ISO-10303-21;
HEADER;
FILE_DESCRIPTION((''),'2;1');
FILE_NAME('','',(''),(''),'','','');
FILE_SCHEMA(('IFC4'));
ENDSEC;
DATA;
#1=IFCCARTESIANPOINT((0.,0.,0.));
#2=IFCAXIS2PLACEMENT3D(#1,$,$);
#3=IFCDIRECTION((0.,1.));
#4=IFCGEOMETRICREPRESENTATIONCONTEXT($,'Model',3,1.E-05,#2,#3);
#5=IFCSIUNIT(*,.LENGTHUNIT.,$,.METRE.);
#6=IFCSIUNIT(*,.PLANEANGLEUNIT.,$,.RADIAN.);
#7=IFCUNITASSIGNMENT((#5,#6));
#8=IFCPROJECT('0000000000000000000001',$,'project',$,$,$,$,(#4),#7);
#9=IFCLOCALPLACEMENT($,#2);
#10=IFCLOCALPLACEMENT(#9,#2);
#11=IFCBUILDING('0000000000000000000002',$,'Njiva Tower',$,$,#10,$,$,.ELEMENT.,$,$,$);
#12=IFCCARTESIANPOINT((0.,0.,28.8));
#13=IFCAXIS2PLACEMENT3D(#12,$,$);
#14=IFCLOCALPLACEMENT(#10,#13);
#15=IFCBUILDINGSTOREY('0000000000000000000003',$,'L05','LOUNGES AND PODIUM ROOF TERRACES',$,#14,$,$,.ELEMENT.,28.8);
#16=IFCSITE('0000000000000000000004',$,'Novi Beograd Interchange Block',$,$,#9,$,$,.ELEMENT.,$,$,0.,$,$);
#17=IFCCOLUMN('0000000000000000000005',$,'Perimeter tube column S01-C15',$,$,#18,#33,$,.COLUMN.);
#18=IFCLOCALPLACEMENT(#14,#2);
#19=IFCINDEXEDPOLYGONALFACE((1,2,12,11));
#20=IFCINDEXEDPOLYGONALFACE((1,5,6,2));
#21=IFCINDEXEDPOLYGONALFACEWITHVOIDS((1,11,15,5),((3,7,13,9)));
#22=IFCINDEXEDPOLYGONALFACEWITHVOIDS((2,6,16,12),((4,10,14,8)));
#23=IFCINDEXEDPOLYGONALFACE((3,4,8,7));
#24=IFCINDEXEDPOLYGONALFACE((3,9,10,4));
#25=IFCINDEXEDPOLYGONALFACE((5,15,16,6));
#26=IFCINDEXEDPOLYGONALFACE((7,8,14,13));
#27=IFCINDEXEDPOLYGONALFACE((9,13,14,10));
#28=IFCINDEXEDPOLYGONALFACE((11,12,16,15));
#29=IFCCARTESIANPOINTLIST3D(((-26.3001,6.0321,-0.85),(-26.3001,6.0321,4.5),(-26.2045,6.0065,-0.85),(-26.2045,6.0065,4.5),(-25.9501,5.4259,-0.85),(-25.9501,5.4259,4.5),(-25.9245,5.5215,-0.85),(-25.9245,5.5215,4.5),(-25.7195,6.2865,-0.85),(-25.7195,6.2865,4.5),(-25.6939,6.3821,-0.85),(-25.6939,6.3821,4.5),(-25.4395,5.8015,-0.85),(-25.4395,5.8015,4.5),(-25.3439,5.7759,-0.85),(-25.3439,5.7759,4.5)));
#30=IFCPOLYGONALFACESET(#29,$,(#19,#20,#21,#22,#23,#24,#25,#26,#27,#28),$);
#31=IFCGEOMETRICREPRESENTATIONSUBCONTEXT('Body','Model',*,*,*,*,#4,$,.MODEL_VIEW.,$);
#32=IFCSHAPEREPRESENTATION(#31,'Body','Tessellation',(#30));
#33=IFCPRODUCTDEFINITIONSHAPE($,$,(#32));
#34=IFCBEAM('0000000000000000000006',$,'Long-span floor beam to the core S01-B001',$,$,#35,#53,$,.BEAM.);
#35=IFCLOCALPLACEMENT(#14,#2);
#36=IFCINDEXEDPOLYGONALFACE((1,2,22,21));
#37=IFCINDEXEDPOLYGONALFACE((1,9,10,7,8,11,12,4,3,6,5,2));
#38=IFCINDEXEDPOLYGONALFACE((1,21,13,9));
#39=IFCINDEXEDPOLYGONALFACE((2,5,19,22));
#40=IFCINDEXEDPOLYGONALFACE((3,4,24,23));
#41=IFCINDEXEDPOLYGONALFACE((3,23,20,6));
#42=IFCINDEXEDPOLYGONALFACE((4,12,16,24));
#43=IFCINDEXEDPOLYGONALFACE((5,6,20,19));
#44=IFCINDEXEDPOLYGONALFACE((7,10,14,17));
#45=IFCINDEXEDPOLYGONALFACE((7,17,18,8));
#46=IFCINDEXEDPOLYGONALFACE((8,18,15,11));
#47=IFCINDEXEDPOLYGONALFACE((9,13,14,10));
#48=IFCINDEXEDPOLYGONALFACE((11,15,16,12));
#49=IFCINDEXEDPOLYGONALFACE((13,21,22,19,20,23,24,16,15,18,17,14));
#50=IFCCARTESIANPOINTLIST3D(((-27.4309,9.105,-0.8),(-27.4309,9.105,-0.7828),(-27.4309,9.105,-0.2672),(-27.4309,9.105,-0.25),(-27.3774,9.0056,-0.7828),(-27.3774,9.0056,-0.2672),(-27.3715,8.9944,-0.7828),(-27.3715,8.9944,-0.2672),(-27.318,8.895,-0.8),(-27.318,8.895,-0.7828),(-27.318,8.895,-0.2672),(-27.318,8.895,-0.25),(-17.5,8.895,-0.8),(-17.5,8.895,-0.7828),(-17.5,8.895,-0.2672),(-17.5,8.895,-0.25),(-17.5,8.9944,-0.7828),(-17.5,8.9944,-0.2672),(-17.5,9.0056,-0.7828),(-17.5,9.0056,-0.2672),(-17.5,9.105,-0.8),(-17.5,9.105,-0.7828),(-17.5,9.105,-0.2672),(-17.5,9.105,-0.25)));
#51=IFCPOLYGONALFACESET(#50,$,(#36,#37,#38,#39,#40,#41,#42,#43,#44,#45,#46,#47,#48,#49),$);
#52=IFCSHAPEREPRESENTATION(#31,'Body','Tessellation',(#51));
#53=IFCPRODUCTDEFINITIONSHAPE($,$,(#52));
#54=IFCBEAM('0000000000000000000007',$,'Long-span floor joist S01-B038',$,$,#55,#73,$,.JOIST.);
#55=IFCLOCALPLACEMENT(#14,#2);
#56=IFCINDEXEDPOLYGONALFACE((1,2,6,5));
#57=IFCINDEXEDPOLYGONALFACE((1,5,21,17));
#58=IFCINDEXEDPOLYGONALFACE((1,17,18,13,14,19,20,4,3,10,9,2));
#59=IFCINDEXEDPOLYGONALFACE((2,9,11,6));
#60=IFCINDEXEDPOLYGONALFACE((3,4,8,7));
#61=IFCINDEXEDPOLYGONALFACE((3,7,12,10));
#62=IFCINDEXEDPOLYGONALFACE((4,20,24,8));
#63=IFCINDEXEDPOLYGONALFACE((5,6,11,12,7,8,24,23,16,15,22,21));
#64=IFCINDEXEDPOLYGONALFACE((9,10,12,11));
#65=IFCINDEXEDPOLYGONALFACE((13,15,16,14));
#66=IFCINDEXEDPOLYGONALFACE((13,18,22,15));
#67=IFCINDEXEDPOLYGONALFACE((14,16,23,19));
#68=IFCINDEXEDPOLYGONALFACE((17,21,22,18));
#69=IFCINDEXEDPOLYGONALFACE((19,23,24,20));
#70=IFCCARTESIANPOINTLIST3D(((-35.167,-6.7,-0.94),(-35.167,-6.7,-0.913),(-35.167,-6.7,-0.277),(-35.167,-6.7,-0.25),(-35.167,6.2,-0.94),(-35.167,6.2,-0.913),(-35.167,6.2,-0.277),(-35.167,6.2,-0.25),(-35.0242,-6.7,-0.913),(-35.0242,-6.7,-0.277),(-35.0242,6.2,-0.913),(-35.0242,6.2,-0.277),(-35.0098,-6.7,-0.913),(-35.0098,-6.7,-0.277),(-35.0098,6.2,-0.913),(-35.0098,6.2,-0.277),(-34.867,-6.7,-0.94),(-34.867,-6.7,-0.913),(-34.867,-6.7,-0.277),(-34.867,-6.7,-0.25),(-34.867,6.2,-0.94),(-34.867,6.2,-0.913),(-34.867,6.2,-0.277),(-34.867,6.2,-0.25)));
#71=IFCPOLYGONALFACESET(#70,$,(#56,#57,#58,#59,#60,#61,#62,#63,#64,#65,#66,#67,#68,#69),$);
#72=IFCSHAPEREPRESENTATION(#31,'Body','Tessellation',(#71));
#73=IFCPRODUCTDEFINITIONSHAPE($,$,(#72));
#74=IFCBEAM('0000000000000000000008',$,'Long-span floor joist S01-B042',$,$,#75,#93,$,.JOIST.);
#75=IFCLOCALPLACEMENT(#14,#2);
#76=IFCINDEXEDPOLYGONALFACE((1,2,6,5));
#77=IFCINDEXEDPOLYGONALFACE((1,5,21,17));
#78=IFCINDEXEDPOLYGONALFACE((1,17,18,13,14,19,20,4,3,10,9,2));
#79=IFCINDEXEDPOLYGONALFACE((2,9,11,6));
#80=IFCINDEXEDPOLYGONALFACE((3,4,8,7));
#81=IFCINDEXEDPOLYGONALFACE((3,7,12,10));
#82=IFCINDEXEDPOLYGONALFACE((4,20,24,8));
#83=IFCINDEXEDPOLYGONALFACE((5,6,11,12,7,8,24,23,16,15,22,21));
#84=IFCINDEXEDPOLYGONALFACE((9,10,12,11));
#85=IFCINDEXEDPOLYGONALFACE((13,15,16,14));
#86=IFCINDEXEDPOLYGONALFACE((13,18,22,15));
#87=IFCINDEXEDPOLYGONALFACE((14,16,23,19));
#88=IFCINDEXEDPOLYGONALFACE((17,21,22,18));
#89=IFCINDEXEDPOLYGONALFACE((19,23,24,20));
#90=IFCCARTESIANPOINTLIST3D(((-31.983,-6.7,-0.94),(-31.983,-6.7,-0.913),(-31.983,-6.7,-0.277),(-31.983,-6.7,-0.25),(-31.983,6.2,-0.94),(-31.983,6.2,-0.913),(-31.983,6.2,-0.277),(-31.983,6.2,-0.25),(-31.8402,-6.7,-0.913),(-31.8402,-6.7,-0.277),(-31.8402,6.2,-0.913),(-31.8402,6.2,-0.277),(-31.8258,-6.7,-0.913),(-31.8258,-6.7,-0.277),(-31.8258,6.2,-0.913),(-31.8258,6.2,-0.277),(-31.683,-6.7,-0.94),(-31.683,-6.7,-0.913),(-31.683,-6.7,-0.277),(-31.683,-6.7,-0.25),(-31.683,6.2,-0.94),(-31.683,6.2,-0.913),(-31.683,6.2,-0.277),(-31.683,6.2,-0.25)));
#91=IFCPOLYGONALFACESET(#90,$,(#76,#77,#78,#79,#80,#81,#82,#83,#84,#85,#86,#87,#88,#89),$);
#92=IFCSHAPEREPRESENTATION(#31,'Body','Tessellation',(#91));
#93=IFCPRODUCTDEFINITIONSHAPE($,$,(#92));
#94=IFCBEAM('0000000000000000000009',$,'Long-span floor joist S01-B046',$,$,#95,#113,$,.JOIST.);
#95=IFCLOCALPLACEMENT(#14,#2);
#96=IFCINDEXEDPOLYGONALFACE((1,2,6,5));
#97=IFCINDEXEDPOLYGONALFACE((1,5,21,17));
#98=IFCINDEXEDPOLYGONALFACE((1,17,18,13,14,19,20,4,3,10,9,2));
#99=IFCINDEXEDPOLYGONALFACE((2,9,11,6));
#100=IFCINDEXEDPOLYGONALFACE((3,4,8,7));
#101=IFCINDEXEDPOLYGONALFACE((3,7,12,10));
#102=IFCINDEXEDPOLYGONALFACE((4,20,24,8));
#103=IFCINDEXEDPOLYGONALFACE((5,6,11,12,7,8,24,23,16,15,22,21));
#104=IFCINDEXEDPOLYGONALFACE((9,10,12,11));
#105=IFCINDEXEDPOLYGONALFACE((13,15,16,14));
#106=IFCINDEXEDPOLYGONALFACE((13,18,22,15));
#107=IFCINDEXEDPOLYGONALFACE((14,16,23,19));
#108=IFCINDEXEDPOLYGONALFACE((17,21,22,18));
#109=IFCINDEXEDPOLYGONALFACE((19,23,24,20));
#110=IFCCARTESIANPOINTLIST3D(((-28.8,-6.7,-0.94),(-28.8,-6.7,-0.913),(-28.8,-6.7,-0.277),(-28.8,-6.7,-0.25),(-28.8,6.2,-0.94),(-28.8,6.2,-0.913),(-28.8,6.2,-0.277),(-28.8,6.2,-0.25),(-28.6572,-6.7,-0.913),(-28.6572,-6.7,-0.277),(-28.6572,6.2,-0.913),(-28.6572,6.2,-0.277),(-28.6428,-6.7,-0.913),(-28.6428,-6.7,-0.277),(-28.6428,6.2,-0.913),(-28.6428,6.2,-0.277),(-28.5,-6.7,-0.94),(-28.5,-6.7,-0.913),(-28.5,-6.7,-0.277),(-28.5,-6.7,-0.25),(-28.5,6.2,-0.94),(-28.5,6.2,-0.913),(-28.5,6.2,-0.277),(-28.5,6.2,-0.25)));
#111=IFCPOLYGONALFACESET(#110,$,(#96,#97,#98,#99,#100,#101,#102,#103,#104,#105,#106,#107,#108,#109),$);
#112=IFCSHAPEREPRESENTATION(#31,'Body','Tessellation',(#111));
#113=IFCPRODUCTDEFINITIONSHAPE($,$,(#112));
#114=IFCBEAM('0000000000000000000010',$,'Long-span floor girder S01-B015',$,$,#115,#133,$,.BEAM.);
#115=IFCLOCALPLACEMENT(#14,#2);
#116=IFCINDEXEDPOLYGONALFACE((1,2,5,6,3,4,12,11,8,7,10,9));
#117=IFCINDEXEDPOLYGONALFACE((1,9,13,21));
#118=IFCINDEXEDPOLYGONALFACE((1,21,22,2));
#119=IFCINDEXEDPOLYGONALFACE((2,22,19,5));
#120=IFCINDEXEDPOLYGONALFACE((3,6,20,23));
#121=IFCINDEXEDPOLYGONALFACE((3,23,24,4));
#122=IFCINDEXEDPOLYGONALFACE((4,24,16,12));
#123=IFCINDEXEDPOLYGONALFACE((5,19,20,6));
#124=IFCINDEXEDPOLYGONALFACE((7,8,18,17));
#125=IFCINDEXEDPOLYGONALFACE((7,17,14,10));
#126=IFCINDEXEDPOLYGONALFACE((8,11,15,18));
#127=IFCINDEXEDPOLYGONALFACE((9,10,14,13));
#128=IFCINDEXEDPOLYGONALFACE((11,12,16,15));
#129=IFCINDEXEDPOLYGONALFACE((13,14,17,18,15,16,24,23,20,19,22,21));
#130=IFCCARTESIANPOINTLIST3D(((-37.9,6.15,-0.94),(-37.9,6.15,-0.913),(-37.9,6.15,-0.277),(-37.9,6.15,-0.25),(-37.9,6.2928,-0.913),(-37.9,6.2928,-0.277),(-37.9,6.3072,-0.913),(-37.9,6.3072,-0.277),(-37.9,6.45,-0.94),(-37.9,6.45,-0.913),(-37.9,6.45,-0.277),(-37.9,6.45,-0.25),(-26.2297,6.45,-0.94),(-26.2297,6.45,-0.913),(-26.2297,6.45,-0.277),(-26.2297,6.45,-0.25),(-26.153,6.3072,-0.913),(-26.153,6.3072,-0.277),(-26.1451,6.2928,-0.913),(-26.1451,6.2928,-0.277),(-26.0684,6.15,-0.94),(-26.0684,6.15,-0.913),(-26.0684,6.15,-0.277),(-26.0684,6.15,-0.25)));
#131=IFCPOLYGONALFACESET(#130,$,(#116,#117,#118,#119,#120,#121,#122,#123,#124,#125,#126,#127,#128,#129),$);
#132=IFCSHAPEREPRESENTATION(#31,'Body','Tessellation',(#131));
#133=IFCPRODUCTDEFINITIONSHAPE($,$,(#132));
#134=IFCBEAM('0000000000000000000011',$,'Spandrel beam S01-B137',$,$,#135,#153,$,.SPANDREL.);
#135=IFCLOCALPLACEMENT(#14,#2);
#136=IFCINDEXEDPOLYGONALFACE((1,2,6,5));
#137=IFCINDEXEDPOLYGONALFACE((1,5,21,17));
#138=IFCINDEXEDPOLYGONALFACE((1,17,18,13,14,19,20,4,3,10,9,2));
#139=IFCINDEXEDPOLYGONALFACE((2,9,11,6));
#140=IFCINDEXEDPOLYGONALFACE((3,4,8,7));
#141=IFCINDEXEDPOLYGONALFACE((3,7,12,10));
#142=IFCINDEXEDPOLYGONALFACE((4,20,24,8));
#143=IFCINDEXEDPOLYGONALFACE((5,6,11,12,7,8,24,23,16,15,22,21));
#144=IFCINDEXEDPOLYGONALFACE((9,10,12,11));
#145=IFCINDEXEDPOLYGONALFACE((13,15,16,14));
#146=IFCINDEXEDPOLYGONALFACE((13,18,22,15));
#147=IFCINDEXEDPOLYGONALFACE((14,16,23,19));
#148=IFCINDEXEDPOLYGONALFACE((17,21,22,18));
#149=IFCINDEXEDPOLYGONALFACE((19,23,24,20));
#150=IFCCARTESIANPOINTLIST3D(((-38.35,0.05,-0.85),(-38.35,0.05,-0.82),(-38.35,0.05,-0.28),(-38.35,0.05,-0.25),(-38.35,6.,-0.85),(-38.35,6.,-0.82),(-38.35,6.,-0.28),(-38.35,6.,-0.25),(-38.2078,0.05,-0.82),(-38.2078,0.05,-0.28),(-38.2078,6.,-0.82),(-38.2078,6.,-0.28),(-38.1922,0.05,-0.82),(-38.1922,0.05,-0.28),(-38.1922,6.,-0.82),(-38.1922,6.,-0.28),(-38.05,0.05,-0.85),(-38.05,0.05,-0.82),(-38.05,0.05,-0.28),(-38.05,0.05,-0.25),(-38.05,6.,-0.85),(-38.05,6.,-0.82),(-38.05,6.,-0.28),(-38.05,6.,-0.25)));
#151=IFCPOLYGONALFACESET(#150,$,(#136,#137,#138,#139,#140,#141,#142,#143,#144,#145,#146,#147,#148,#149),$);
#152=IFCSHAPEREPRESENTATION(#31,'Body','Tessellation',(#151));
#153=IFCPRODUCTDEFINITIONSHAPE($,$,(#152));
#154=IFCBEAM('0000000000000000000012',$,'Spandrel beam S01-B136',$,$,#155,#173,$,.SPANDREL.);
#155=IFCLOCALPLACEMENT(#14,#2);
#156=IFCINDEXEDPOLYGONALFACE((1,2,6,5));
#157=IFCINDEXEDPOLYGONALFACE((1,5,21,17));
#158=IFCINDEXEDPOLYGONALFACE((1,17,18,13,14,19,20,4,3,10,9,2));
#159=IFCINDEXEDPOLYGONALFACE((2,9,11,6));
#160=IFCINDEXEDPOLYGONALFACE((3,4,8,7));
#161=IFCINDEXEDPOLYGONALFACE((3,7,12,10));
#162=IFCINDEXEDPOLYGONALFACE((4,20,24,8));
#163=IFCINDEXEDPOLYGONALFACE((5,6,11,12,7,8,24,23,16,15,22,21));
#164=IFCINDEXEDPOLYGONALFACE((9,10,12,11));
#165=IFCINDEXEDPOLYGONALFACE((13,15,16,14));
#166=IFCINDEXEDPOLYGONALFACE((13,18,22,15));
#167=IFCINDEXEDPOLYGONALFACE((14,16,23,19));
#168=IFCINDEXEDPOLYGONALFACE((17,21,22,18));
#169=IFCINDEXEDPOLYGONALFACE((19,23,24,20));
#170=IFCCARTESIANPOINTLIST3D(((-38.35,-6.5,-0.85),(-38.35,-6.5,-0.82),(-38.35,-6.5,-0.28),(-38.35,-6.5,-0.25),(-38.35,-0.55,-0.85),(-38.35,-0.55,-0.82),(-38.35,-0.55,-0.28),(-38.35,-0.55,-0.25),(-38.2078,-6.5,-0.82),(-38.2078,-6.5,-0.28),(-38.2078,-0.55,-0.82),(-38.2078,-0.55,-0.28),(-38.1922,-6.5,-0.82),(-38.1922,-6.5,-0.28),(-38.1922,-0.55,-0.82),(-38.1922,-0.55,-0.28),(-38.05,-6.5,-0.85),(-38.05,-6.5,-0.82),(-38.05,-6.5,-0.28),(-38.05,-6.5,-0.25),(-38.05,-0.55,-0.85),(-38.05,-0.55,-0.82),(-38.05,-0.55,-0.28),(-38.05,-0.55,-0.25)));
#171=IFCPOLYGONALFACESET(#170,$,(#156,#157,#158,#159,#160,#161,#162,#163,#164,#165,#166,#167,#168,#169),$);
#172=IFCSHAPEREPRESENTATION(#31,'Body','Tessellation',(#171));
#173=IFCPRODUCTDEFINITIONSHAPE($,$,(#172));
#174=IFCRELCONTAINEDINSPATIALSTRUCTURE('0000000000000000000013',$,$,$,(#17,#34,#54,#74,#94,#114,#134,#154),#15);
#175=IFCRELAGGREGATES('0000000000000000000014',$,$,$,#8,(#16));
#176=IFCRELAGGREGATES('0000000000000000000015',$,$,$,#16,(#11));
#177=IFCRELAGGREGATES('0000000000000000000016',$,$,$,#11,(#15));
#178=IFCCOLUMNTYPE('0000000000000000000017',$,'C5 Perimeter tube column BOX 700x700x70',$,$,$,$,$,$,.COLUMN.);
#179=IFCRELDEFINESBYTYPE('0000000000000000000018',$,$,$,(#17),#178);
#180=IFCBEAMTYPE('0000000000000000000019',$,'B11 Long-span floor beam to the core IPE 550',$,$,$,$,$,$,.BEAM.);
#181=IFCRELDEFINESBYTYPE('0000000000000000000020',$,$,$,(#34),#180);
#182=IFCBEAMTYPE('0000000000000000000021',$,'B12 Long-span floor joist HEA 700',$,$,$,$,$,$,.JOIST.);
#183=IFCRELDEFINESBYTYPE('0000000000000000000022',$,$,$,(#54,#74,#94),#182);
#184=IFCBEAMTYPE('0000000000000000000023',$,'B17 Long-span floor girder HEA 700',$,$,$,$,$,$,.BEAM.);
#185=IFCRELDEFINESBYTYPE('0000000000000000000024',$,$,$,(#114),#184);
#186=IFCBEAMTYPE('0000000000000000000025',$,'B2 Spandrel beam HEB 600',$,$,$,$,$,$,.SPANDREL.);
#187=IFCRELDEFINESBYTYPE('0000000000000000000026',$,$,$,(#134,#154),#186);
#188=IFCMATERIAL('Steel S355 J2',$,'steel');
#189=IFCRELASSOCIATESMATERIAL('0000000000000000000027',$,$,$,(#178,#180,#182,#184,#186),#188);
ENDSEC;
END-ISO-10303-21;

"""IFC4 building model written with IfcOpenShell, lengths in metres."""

from ifc_helpers import new_model, si_unit, direction, frame, origin, origin_2d, place, context, subcontext, project, spatial, hollow_rectangle, i_section, extrude, clip, halfspace, material, material_profile, profile_set, type_object, element, save


model = new_model("IFC4")

# Units and contexts
model_context = context("Model", 3, precision=1e-05, world=origin(), true_north=direction((0.0, 1.0)))
body_context = subcontext(model_context, "Body", "Model", "MODEL_VIEW")
ifc_project = project(units=[si_unit("LENGTHUNIT", "METRE"), si_unit("PLANEANGLEUNIT", "RADIAN")], contexts=[model_context])

# Site, building, storey
site_placement = place(None, origin())
site = spatial("IfcSite", under=ifc_project, at=site_placement, Name="Novi Beograd Interchange Block", CompositionType="ELEMENT", RefElevation=0.0)
building_placement = place(site_placement, origin())
building = spatial("IfcBuilding", under=site, at=building_placement, Name="Njiva Tower", CompositionType="ELEMENT")
storey_placement = place(building_placement, frame((0.0, 0.0, 28.8)))
storey = spatial("IfcBuildingStorey", under=building, at=storey_placement, Name="L05", Description="LOUNGES AND PODIUM ROOF TERRACES", CompositionType="ELEMENT", Elevation=28.8)

# Column
ifc_material_1 = material(Name="Steel S355 J2", Category="steel")
ifc_material_profile_1 = material_profile(ifc_material_1, hollow_rectangle(XDim=0.7, YDim=0.7, WallThickness=0.07, at=origin_2d()), Name="BOX 700x700x70")
ifc_profile_set_1 = profile_set([ifc_material_profile_1], Name="Steel S355 J2")
column_type = type_object("IfcColumnType", Name="C5 Perimeter tube column BOX 700x700x70", PredefinedType="COLUMN", material=ifc_profile_set_1)
column_placement = place(storey_placement, frame((-25.822, 5.904, -0.85), z_axis=(0.0, 0.0, 1.0), x_axis=(0.5, -0.866025, 0.0)))
element("IfcColumn", 1, at=column_placement, inside=storey, type_object=column_type, Name="Perimeter tube column S01-C15", PredefinedType="COLUMN", context=body_context, shape_type="SweptSolid", body=[
    extrude(hollow_rectangle(XDim=0.7, YDim=0.7, WallThickness=0.07, at=origin_2d()), origin(), (0.0, 0.0, 1.0), 5.35),
])

# Beams
ifc_material_profile_2 = material_profile(ifc_material_1, i_section(OverallWidth=0.21, OverallDepth=0.55, WebThickness=0.0111, FlangeThickness=0.0172, at=origin_2d()), Name="IPE 550")
ifc_profile_set_2 = profile_set([ifc_material_profile_2], Name="Steel S355 J2")
beam_type_1 = type_object("IfcBeamType", Name="B11 Long-span floor beam to the core IPE 550", PredefinedType="BEAM", material=ifc_profile_set_2)
beam_1_placement = place(storey_placement, frame((-27.45, 9.0, -0.525), z_axis=(1.0, 0.0, 0.0), x_axis=(0.0, 1.0, 0.0)))
element("IfcBeam", 2, at=beam_1_placement, inside=storey, type_object=beam_type_1, Name="Long-span floor beam to the core S01-B001", PredefinedType="BEAM", context=body_context, shape_type="Clipping", body=[
    clip(extrude(i_section(OverallWidth=0.21, OverallDepth=0.55, WebThickness=0.0111, FlangeThickness=0.0172, at=origin_2d()), origin(), (0.0, 0.0, 1.0), 9.95), halfspace(frame((-0.0237, 0.0, 0.0883), z_axis=(-0.473769, 0.0, -0.880649), x_axis=(0.0, -1.0, 0.0)), False)),
])
ifc_material_profile_3 = material_profile(ifc_material_1, i_section(OverallWidth=0.3, OverallDepth=0.69, WebThickness=0.0145, FlangeThickness=0.027, at=origin_2d()), Name="HEA 700")
ifc_profile_set_3 = profile_set([ifc_material_profile_3], Name="Steel S355 J2")
beam_type_2 = type_object("IfcBeamType", Name="B12 Long-span floor joist HEA 700", PredefinedType="JOIST", material=ifc_profile_set_3)
for number, where, z_axis, x_axis, name in (
    (3, (-35.017, 6.2, -0.595), (0.0, -1.0, 0.0), (1.0, 0.0, 0.0), "Long-span floor joist S01-B038"),
    (4, (-31.833, 6.2, -0.595), (0.0, -1.0, 0.0), (1.0, 0.0, 0.0), "Long-span floor joist S01-B042"),
    (5, (-28.65, 6.2, -0.595), (0.0, -1.0, 0.0), (1.0, 0.0, 0.0), "Long-span floor joist S01-B046"),
):
    element("IfcBeam", number, at=place(storey_placement, frame(where, z_axis=z_axis, x_axis=x_axis)), inside=storey, type_object=beam_type_2, Name=name, PredefinedType="JOIST", context=body_context, shape_type="SweptSolid", body=[
        extrude(i_section(OverallWidth=0.3, OverallDepth=0.69, WebThickness=0.0145, FlangeThickness=0.027, at=origin_2d()), origin(), (0.0, 0.0, 1.0), 12.9),
    ])
ifc_material_profile_4 = material_profile(ifc_material_1, i_section(OverallWidth=0.3, OverallDepth=0.69, WebThickness=0.0145, FlangeThickness=0.027, at=origin_2d()), Name="HEA 700")
ifc_profile_set_4 = profile_set([ifc_material_profile_4], Name="Steel S355 J2")
beam_type_3 = type_object("IfcBeamType", Name="B17 Long-span floor girder HEA 700", PredefinedType="BEAM", material=ifc_profile_set_4)
beam_2_placement = place(storey_placement, frame((-37.9, 6.3, -0.595), z_axis=(1.0, 0.0, 0.0), x_axis=(0.0, 1.0, 0.0)))
element("IfcBeam", 6, at=beam_2_placement, inside=storey, type_object=beam_type_3, Name="Long-span floor girder S01-B015", PredefinedType="BEAM", context=body_context, shape_type="Clipping", body=[
    clip(extrude(i_section(OverallWidth=0.3, OverallDepth=0.69, WebThickness=0.0145, FlangeThickness=0.027, at=origin_2d()), origin(), (0.0, 0.0, 1.0), 11.852), halfspace(frame((0.0237, 0.0, 11.7382), z_axis=(0.473769, 0.0, 0.880649), x_axis=(0.0, 1.0, 0.0)), False)),
])
ifc_material_profile_5 = material_profile(ifc_material_1, i_section(OverallWidth=0.3, OverallDepth=0.6, WebThickness=0.0155, FlangeThickness=0.03, at=origin_2d()), Name="HEB 600")
ifc_profile_set_5 = profile_set([ifc_material_profile_5], Name="Steel S355 J2")
beam_type_4 = type_object("IfcBeamType", Name="B2 Spandrel beam HEB 600", PredefinedType="SPANDREL", material=ifc_profile_set_5)
for number, where, z_axis, x_axis, name in (
    (7, (-38.2, 6.0, -0.55), (0.0, -1.0, 0.0), (1.0, 0.0, 0.0), "Spandrel beam S01-B137"),
    (8, (-38.2, -0.55, -0.55), (0.0, -1.0, 0.0), (1.0, 0.0, 0.0), "Spandrel beam S01-B136"),
):
    element("IfcBeam", number, at=place(storey_placement, frame(where, z_axis=z_axis, x_axis=x_axis)), inside=storey, type_object=beam_type_4, Name=name, PredefinedType="SPANDREL", context=body_context, shape_type="SweptSolid", body=[
        extrude(i_section(OverallWidth=0.3, OverallDepth=0.6, WebThickness=0.0155, FlangeThickness=0.03, at=origin_2d()), origin(), (0.0, 0.0, 1.0), 5.95),
    ])

save(model, "model.ifc")
